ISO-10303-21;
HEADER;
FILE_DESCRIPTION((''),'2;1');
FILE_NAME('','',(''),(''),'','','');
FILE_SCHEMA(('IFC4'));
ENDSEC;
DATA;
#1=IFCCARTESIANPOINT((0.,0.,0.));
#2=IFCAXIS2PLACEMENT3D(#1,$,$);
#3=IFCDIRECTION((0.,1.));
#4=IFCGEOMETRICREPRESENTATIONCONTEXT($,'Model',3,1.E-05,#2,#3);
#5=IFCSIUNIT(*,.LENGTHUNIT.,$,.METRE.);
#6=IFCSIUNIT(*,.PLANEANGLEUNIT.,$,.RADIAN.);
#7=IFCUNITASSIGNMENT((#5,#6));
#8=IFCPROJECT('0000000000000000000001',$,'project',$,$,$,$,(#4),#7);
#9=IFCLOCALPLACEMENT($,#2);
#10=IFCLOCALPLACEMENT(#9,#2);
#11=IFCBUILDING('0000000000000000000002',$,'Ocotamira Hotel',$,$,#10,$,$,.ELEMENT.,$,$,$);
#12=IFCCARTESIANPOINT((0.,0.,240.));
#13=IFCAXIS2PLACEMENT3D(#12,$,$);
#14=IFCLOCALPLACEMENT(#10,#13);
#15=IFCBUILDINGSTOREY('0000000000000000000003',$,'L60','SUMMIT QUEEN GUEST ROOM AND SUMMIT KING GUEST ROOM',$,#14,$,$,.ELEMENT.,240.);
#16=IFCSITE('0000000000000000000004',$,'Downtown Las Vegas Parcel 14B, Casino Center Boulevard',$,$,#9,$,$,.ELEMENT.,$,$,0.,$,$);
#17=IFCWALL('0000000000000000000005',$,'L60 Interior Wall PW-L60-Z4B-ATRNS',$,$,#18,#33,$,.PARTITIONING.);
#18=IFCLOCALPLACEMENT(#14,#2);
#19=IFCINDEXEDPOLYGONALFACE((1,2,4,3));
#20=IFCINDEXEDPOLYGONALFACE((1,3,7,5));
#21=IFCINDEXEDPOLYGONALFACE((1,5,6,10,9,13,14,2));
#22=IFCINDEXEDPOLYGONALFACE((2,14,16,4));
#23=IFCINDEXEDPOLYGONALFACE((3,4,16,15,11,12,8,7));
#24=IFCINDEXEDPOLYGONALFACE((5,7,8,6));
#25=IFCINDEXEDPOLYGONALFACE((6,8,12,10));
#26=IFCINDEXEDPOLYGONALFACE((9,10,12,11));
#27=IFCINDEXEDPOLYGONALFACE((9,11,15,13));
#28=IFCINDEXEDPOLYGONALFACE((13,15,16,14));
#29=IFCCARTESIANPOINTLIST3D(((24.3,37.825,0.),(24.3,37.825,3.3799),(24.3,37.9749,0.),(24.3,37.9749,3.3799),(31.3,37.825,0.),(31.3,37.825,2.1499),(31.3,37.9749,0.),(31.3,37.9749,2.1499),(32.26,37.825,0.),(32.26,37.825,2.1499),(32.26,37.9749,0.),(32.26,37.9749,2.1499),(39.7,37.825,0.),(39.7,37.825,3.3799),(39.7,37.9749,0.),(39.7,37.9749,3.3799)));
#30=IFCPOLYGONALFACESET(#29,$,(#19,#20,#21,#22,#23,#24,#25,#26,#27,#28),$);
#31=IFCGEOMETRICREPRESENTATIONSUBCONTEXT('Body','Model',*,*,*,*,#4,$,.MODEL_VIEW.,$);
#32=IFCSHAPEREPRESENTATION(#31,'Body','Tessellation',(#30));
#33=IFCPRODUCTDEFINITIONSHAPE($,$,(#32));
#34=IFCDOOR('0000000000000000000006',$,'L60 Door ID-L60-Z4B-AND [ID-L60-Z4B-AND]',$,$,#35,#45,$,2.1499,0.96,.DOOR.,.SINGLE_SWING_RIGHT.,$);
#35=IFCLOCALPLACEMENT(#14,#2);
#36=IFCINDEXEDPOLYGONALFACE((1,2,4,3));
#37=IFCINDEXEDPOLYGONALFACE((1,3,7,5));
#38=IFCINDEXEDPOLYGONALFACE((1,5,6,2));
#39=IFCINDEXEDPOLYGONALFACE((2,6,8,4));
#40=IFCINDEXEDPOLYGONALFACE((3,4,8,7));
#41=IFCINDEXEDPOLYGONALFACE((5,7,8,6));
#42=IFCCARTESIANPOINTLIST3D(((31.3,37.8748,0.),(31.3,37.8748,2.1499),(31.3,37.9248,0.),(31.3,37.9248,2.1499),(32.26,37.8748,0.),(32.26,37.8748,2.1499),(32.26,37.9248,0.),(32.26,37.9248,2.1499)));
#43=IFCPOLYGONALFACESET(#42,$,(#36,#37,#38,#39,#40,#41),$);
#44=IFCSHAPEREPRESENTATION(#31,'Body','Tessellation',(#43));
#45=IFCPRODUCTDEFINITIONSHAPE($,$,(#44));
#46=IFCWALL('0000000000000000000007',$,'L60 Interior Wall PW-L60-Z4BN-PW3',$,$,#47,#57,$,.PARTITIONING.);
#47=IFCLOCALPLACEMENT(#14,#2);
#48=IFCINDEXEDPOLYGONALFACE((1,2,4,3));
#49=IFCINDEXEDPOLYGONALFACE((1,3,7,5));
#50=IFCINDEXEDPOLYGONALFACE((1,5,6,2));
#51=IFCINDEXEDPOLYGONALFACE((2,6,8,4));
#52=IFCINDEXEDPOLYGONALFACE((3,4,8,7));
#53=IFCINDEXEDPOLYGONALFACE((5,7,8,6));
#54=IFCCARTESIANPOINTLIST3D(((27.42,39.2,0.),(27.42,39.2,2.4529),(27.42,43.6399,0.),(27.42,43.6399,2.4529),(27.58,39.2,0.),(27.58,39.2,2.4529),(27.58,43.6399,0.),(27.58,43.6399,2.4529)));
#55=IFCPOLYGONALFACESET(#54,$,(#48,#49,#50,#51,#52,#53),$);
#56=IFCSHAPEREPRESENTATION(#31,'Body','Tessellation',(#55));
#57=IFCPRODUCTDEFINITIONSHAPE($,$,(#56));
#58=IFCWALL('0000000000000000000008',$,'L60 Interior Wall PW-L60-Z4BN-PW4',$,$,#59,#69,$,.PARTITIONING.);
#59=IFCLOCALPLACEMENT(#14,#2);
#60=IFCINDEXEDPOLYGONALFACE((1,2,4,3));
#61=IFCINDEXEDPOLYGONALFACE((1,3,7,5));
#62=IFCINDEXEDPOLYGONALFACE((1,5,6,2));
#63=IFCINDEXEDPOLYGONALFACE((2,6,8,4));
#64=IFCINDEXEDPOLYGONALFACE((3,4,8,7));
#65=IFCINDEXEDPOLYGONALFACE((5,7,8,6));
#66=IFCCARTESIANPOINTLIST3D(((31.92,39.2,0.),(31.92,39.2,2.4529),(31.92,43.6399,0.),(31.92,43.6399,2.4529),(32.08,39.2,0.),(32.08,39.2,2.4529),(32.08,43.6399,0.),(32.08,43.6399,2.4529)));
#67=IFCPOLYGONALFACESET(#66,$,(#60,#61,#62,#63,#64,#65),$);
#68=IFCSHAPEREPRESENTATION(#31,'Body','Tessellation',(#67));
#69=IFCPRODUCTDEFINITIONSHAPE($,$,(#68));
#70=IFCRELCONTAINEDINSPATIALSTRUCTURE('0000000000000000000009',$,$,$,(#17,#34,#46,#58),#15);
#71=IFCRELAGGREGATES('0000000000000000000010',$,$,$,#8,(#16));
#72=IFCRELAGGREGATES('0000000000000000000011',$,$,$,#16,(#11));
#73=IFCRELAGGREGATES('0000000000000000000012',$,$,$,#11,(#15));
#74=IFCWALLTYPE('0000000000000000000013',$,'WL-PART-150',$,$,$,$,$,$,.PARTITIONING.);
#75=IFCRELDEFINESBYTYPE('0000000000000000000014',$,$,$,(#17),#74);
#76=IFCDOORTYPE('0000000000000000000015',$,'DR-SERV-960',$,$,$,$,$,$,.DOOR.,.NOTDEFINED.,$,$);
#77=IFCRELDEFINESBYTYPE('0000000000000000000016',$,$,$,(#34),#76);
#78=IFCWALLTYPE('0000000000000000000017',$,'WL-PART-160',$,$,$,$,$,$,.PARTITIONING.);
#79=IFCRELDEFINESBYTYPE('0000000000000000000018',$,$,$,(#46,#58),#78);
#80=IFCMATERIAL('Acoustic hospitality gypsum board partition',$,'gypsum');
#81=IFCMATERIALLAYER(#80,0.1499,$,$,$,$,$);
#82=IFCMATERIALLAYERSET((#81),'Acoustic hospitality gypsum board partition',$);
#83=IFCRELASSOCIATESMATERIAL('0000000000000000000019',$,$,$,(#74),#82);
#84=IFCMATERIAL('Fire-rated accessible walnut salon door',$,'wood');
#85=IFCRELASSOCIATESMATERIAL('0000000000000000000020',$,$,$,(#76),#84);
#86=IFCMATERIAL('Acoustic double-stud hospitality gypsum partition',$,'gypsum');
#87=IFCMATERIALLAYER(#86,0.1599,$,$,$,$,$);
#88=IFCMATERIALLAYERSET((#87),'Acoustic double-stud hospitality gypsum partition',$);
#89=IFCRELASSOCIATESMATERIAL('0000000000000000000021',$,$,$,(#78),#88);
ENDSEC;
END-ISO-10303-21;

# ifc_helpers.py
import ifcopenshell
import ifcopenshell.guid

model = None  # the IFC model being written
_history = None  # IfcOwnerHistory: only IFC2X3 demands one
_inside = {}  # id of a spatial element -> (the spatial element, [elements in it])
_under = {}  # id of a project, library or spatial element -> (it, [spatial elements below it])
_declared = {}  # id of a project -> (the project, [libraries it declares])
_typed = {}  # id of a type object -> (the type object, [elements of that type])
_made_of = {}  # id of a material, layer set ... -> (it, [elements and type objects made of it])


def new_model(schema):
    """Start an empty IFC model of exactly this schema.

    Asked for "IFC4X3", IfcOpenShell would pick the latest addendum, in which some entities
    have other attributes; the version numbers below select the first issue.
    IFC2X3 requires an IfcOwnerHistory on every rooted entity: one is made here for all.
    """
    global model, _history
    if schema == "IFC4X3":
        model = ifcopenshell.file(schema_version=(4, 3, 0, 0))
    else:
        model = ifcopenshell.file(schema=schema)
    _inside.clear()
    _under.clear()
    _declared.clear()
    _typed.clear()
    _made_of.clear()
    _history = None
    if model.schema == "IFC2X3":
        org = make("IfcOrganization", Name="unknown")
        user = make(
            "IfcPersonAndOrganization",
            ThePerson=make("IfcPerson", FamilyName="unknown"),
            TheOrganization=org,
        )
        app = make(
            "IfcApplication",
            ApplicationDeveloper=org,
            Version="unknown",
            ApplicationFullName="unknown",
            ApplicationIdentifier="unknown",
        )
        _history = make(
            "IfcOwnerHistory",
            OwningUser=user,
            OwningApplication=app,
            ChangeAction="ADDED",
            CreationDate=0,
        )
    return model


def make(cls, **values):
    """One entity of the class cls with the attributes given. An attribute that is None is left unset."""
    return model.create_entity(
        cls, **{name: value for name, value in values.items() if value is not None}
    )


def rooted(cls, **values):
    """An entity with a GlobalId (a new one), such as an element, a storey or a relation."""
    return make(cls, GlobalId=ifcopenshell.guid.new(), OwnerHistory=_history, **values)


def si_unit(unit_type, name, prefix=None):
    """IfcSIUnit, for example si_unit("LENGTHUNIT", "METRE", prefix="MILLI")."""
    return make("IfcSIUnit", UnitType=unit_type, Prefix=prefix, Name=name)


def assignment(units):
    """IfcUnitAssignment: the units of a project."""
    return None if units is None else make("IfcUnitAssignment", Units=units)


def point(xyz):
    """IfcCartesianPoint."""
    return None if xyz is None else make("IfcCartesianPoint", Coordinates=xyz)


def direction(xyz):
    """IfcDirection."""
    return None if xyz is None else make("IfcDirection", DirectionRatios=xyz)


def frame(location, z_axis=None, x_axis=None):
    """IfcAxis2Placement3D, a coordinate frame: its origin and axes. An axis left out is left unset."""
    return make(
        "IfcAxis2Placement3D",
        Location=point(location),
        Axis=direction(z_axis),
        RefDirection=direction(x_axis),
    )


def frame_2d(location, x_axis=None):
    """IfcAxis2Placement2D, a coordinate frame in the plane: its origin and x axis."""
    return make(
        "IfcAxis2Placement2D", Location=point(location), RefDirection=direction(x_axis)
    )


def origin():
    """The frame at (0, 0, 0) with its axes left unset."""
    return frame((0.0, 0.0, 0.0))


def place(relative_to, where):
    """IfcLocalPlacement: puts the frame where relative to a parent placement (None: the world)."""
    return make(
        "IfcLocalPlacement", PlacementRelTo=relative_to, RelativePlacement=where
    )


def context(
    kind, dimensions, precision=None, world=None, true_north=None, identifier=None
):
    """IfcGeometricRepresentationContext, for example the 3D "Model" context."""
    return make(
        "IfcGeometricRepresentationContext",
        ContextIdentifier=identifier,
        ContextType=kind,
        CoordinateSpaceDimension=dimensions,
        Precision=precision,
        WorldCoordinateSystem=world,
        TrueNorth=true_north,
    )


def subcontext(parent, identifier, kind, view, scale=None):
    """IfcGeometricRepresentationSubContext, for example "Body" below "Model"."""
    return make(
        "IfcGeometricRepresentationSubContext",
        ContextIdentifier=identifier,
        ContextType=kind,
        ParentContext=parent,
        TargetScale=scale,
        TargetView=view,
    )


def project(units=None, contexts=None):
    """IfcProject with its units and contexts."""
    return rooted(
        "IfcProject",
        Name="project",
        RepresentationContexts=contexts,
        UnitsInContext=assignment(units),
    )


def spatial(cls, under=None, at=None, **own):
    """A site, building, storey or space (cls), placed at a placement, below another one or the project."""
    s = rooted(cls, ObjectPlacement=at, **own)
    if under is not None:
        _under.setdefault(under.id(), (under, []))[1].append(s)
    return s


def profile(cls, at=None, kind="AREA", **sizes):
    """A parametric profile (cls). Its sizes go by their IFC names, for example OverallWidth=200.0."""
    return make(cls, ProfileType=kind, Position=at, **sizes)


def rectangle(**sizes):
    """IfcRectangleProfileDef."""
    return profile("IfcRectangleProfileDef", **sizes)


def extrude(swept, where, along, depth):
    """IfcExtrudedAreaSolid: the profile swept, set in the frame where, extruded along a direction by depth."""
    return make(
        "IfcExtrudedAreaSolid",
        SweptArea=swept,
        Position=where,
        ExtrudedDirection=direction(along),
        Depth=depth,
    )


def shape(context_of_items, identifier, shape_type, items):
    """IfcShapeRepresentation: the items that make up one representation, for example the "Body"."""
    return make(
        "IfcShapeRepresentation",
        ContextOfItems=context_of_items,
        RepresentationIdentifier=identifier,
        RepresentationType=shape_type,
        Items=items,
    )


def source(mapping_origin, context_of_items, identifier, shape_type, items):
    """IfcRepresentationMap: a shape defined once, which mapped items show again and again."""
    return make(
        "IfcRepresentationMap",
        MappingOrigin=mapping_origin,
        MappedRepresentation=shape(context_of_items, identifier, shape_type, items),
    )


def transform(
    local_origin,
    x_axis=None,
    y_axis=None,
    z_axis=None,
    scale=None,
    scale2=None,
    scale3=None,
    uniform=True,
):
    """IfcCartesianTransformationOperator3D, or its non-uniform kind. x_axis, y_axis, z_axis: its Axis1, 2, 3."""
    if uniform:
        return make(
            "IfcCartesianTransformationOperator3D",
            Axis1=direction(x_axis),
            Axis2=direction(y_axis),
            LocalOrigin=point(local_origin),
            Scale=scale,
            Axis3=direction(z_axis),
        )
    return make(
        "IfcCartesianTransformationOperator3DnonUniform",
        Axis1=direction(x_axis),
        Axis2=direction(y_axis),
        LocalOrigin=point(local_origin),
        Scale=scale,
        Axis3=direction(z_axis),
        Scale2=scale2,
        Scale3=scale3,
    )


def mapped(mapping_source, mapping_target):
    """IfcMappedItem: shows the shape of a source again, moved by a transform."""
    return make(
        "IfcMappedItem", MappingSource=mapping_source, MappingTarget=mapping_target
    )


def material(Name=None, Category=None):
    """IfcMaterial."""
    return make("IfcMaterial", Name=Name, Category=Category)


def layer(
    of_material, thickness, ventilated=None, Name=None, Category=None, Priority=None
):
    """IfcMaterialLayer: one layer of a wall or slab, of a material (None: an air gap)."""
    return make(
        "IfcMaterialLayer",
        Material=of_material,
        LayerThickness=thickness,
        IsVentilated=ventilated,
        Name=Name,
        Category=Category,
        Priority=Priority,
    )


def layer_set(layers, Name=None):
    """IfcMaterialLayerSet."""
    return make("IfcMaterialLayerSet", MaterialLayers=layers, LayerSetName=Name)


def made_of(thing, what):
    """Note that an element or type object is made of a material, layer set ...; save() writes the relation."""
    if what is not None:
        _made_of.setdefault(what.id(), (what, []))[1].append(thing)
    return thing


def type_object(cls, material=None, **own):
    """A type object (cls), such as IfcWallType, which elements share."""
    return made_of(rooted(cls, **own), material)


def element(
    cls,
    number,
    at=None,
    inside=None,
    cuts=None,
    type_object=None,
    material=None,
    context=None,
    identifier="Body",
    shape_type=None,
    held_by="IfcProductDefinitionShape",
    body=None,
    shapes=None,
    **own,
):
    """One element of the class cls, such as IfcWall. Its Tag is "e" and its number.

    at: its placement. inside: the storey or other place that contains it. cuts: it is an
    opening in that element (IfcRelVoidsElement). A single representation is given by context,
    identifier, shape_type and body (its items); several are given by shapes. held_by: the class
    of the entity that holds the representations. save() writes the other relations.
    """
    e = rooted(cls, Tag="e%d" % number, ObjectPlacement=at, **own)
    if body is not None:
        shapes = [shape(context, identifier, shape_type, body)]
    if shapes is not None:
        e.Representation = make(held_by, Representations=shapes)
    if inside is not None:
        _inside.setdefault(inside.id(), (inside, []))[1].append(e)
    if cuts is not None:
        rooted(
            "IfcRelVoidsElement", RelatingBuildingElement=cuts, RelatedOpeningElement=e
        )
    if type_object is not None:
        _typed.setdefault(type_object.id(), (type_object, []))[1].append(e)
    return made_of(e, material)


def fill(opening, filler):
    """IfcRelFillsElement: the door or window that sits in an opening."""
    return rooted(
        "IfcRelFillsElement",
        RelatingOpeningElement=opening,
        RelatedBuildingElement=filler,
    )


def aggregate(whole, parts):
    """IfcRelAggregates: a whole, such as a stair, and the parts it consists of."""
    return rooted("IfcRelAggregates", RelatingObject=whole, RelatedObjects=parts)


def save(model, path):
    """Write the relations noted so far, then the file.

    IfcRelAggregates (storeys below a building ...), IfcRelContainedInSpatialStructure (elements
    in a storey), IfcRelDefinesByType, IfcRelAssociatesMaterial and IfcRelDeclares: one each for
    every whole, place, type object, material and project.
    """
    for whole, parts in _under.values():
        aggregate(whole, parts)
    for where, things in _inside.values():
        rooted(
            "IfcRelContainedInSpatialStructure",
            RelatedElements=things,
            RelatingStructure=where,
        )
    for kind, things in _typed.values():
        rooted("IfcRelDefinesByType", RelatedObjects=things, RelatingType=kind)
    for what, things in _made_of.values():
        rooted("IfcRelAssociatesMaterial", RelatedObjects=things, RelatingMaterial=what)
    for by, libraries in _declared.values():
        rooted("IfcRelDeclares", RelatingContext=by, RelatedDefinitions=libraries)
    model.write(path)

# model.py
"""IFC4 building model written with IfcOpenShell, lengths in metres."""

from ifc_helpers import new_model, si_unit, direction, frame, frame_2d, origin, place, context, subcontext, project, spatial, rectangle, extrude, source, transform, mapped, material, layer, layer_set, type_object, element, fill, save


model = new_model("IFC4")

# Units and contexts
model_context = context("Model", 3, precision=1e-05, world=origin(), true_north=direction((0.0, 1.0)))
body_context = subcontext(model_context, "Body", "Model", "MODEL_VIEW")
ifc_project = project(units=[si_unit("LENGTHUNIT", "METRE"), si_unit("PLANEANGLEUNIT", "RADIAN")], contexts=[model_context])

# Site, building, storey
site_placement = place(None, origin())
site = spatial("IfcSite", under=ifc_project, at=site_placement, Name="Downtown Las Vegas Parcel 14B, Casino Center Boulevard", CompositionType="ELEMENT", RefElevation=0.0)
building_placement = place(site_placement, origin())
building = spatial("IfcBuilding", under=site, at=building_placement, Name="Ocotamira Hotel", CompositionType="ELEMENT")
storey_placement = place(building_placement, frame((0.0, 0.0, 240.0)))
storey = spatial("IfcBuildingStorey", under=building, at=storey_placement, Name="L60", Description="SUMMIT QUEEN GUEST ROOM AND SUMMIT KING GUEST ROOM", CompositionType="ELEMENT", Elevation=240.0)

# Wall, opening, door
ifc_material_1 = material(Name="Acoustic hospitality gypsum board partition", Category="gypsum")
ifc_layer_1 = layer(ifc_material_1, 0.1499)
ifc_layer_set_1 = layer_set([ifc_layer_1], Name="Acoustic hospitality gypsum board partition")
wall_type_1 = type_object("IfcWallType", Name="WL-PART-150", PredefinedType="PARTITIONING", material=ifc_layer_set_1)
wall_1_placement = place(storey_placement, frame((24.3, 37.8999, 0.0), z_axis=(0.0, 0.0, 1.0), x_axis=(1.0, 0.0, 0.0)))
wall_1 = element("IfcWall", 1, at=wall_1_placement, inside=storey, type_object=wall_type_1, Name="L60 Interior Wall PW-L60-Z4B-ATRNS", PredefinedType="PARTITIONING", context=body_context, shape_type="SweptSolid", body=[
    extrude(rectangle(XDim=15.3999, YDim=0.1499, at=frame_2d((7.7, 0.0))), origin(), (0.0, 0.0, 1.0), 3.3799),
])
opening_1_placement = place(wall_1_placement, frame((7.0, 0.0, 0.0)))
opening_1 = element("IfcOpeningElement", 2, at=opening_1_placement, cuts=wall_1, PredefinedType="OPENING", context=body_context, shape_type="SweptSolid", body=[
    extrude(rectangle(XDim=0.96, YDim=2.1499, at=frame_2d((0.48, 1.075))), frame((0.0, 0.085, 0.0), z_axis=(0.0, -1.0, 0.0), x_axis=(1.0, 0.0, 0.0)), (0.0, 0.0, 1.0), 0.1699),
])
ifc_material_2 = material(Name="Fire-rated accessible walnut salon door", Category="wood")
door_type_1 = type_object("IfcDoorType", Name="DR-SERV-960", OperationType="NOTDEFINED", PredefinedType="DOOR", material=ifc_material_2)
shared_shape_1 = source(origin(), body_context, "Body", "SweptSolid", [
    extrude(rectangle(XDim=0.96, YDim=2.1499, at=frame_2d((0.48, 1.075))), frame((0.0, 0.0249, 0.0), z_axis=(0.0, -1.0, 0.0), x_axis=(1.0, 0.0, 0.0)), (0.0, 0.0, 1.0), 0.05),
])
door_1_placement = place(opening_1_placement, origin())
door_1 = element("IfcDoor", 3, at=door_1_placement, inside=storey, type_object=door_type_1, Name="L60 Door ID-L60-Z4B-AND [ID-L60-Z4B-AND]", OperationType="SINGLE_SWING_RIGHT", OverallHeight=2.1499, OverallWidth=0.96, PredefinedType="DOOR", context=body_context, shape_type="MappedRepresentation", body=[
    mapped(shared_shape_1, transform((0.0, 0.0, 0.0), scale=1.0)),
])
fill(opening_1, door_1)

# Walls
ifc_material_3 = material(Name="Acoustic double-stud hospitality gypsum partition", Category="gypsum")
ifc_layer_2 = layer(ifc_material_3, 0.1599)
ifc_layer_set_2 = layer_set([ifc_layer_2], Name="Acoustic double-stud hospitality gypsum partition")
wall_type_2 = type_object("IfcWallType", Name="WL-PART-160", PredefinedType="PARTITIONING", material=ifc_layer_set_2)
for number, where, z_axis, x_axis, name in (
    (4, (27.5, 39.2, 0.0), (0.0, 0.0, 1.0), (0.0, 1.0, 0.0), "L60 Interior Wall PW-L60-Z4BN-PW3"),
    (5, (32.0, 39.2, 0.0), (0.0, 0.0, 1.0), (0.0, 1.0, 0.0), "L60 Interior Wall PW-L60-Z4BN-PW4"),
):
    element("IfcWall", number, at=place(storey_placement, frame(where, z_axis=z_axis, x_axis=x_axis)), inside=storey, type_object=wall_type_2, Name=name, PredefinedType="PARTITIONING", context=body_context, shape_type="SweptSolid", body=[
        extrude(rectangle(XDim=4.4399, YDim=0.1599, at=frame_2d((2.22, 0.0))), origin(), (0.0, 0.0, 1.0), 2.4529),
    ])

save(model, "model.ifc")
